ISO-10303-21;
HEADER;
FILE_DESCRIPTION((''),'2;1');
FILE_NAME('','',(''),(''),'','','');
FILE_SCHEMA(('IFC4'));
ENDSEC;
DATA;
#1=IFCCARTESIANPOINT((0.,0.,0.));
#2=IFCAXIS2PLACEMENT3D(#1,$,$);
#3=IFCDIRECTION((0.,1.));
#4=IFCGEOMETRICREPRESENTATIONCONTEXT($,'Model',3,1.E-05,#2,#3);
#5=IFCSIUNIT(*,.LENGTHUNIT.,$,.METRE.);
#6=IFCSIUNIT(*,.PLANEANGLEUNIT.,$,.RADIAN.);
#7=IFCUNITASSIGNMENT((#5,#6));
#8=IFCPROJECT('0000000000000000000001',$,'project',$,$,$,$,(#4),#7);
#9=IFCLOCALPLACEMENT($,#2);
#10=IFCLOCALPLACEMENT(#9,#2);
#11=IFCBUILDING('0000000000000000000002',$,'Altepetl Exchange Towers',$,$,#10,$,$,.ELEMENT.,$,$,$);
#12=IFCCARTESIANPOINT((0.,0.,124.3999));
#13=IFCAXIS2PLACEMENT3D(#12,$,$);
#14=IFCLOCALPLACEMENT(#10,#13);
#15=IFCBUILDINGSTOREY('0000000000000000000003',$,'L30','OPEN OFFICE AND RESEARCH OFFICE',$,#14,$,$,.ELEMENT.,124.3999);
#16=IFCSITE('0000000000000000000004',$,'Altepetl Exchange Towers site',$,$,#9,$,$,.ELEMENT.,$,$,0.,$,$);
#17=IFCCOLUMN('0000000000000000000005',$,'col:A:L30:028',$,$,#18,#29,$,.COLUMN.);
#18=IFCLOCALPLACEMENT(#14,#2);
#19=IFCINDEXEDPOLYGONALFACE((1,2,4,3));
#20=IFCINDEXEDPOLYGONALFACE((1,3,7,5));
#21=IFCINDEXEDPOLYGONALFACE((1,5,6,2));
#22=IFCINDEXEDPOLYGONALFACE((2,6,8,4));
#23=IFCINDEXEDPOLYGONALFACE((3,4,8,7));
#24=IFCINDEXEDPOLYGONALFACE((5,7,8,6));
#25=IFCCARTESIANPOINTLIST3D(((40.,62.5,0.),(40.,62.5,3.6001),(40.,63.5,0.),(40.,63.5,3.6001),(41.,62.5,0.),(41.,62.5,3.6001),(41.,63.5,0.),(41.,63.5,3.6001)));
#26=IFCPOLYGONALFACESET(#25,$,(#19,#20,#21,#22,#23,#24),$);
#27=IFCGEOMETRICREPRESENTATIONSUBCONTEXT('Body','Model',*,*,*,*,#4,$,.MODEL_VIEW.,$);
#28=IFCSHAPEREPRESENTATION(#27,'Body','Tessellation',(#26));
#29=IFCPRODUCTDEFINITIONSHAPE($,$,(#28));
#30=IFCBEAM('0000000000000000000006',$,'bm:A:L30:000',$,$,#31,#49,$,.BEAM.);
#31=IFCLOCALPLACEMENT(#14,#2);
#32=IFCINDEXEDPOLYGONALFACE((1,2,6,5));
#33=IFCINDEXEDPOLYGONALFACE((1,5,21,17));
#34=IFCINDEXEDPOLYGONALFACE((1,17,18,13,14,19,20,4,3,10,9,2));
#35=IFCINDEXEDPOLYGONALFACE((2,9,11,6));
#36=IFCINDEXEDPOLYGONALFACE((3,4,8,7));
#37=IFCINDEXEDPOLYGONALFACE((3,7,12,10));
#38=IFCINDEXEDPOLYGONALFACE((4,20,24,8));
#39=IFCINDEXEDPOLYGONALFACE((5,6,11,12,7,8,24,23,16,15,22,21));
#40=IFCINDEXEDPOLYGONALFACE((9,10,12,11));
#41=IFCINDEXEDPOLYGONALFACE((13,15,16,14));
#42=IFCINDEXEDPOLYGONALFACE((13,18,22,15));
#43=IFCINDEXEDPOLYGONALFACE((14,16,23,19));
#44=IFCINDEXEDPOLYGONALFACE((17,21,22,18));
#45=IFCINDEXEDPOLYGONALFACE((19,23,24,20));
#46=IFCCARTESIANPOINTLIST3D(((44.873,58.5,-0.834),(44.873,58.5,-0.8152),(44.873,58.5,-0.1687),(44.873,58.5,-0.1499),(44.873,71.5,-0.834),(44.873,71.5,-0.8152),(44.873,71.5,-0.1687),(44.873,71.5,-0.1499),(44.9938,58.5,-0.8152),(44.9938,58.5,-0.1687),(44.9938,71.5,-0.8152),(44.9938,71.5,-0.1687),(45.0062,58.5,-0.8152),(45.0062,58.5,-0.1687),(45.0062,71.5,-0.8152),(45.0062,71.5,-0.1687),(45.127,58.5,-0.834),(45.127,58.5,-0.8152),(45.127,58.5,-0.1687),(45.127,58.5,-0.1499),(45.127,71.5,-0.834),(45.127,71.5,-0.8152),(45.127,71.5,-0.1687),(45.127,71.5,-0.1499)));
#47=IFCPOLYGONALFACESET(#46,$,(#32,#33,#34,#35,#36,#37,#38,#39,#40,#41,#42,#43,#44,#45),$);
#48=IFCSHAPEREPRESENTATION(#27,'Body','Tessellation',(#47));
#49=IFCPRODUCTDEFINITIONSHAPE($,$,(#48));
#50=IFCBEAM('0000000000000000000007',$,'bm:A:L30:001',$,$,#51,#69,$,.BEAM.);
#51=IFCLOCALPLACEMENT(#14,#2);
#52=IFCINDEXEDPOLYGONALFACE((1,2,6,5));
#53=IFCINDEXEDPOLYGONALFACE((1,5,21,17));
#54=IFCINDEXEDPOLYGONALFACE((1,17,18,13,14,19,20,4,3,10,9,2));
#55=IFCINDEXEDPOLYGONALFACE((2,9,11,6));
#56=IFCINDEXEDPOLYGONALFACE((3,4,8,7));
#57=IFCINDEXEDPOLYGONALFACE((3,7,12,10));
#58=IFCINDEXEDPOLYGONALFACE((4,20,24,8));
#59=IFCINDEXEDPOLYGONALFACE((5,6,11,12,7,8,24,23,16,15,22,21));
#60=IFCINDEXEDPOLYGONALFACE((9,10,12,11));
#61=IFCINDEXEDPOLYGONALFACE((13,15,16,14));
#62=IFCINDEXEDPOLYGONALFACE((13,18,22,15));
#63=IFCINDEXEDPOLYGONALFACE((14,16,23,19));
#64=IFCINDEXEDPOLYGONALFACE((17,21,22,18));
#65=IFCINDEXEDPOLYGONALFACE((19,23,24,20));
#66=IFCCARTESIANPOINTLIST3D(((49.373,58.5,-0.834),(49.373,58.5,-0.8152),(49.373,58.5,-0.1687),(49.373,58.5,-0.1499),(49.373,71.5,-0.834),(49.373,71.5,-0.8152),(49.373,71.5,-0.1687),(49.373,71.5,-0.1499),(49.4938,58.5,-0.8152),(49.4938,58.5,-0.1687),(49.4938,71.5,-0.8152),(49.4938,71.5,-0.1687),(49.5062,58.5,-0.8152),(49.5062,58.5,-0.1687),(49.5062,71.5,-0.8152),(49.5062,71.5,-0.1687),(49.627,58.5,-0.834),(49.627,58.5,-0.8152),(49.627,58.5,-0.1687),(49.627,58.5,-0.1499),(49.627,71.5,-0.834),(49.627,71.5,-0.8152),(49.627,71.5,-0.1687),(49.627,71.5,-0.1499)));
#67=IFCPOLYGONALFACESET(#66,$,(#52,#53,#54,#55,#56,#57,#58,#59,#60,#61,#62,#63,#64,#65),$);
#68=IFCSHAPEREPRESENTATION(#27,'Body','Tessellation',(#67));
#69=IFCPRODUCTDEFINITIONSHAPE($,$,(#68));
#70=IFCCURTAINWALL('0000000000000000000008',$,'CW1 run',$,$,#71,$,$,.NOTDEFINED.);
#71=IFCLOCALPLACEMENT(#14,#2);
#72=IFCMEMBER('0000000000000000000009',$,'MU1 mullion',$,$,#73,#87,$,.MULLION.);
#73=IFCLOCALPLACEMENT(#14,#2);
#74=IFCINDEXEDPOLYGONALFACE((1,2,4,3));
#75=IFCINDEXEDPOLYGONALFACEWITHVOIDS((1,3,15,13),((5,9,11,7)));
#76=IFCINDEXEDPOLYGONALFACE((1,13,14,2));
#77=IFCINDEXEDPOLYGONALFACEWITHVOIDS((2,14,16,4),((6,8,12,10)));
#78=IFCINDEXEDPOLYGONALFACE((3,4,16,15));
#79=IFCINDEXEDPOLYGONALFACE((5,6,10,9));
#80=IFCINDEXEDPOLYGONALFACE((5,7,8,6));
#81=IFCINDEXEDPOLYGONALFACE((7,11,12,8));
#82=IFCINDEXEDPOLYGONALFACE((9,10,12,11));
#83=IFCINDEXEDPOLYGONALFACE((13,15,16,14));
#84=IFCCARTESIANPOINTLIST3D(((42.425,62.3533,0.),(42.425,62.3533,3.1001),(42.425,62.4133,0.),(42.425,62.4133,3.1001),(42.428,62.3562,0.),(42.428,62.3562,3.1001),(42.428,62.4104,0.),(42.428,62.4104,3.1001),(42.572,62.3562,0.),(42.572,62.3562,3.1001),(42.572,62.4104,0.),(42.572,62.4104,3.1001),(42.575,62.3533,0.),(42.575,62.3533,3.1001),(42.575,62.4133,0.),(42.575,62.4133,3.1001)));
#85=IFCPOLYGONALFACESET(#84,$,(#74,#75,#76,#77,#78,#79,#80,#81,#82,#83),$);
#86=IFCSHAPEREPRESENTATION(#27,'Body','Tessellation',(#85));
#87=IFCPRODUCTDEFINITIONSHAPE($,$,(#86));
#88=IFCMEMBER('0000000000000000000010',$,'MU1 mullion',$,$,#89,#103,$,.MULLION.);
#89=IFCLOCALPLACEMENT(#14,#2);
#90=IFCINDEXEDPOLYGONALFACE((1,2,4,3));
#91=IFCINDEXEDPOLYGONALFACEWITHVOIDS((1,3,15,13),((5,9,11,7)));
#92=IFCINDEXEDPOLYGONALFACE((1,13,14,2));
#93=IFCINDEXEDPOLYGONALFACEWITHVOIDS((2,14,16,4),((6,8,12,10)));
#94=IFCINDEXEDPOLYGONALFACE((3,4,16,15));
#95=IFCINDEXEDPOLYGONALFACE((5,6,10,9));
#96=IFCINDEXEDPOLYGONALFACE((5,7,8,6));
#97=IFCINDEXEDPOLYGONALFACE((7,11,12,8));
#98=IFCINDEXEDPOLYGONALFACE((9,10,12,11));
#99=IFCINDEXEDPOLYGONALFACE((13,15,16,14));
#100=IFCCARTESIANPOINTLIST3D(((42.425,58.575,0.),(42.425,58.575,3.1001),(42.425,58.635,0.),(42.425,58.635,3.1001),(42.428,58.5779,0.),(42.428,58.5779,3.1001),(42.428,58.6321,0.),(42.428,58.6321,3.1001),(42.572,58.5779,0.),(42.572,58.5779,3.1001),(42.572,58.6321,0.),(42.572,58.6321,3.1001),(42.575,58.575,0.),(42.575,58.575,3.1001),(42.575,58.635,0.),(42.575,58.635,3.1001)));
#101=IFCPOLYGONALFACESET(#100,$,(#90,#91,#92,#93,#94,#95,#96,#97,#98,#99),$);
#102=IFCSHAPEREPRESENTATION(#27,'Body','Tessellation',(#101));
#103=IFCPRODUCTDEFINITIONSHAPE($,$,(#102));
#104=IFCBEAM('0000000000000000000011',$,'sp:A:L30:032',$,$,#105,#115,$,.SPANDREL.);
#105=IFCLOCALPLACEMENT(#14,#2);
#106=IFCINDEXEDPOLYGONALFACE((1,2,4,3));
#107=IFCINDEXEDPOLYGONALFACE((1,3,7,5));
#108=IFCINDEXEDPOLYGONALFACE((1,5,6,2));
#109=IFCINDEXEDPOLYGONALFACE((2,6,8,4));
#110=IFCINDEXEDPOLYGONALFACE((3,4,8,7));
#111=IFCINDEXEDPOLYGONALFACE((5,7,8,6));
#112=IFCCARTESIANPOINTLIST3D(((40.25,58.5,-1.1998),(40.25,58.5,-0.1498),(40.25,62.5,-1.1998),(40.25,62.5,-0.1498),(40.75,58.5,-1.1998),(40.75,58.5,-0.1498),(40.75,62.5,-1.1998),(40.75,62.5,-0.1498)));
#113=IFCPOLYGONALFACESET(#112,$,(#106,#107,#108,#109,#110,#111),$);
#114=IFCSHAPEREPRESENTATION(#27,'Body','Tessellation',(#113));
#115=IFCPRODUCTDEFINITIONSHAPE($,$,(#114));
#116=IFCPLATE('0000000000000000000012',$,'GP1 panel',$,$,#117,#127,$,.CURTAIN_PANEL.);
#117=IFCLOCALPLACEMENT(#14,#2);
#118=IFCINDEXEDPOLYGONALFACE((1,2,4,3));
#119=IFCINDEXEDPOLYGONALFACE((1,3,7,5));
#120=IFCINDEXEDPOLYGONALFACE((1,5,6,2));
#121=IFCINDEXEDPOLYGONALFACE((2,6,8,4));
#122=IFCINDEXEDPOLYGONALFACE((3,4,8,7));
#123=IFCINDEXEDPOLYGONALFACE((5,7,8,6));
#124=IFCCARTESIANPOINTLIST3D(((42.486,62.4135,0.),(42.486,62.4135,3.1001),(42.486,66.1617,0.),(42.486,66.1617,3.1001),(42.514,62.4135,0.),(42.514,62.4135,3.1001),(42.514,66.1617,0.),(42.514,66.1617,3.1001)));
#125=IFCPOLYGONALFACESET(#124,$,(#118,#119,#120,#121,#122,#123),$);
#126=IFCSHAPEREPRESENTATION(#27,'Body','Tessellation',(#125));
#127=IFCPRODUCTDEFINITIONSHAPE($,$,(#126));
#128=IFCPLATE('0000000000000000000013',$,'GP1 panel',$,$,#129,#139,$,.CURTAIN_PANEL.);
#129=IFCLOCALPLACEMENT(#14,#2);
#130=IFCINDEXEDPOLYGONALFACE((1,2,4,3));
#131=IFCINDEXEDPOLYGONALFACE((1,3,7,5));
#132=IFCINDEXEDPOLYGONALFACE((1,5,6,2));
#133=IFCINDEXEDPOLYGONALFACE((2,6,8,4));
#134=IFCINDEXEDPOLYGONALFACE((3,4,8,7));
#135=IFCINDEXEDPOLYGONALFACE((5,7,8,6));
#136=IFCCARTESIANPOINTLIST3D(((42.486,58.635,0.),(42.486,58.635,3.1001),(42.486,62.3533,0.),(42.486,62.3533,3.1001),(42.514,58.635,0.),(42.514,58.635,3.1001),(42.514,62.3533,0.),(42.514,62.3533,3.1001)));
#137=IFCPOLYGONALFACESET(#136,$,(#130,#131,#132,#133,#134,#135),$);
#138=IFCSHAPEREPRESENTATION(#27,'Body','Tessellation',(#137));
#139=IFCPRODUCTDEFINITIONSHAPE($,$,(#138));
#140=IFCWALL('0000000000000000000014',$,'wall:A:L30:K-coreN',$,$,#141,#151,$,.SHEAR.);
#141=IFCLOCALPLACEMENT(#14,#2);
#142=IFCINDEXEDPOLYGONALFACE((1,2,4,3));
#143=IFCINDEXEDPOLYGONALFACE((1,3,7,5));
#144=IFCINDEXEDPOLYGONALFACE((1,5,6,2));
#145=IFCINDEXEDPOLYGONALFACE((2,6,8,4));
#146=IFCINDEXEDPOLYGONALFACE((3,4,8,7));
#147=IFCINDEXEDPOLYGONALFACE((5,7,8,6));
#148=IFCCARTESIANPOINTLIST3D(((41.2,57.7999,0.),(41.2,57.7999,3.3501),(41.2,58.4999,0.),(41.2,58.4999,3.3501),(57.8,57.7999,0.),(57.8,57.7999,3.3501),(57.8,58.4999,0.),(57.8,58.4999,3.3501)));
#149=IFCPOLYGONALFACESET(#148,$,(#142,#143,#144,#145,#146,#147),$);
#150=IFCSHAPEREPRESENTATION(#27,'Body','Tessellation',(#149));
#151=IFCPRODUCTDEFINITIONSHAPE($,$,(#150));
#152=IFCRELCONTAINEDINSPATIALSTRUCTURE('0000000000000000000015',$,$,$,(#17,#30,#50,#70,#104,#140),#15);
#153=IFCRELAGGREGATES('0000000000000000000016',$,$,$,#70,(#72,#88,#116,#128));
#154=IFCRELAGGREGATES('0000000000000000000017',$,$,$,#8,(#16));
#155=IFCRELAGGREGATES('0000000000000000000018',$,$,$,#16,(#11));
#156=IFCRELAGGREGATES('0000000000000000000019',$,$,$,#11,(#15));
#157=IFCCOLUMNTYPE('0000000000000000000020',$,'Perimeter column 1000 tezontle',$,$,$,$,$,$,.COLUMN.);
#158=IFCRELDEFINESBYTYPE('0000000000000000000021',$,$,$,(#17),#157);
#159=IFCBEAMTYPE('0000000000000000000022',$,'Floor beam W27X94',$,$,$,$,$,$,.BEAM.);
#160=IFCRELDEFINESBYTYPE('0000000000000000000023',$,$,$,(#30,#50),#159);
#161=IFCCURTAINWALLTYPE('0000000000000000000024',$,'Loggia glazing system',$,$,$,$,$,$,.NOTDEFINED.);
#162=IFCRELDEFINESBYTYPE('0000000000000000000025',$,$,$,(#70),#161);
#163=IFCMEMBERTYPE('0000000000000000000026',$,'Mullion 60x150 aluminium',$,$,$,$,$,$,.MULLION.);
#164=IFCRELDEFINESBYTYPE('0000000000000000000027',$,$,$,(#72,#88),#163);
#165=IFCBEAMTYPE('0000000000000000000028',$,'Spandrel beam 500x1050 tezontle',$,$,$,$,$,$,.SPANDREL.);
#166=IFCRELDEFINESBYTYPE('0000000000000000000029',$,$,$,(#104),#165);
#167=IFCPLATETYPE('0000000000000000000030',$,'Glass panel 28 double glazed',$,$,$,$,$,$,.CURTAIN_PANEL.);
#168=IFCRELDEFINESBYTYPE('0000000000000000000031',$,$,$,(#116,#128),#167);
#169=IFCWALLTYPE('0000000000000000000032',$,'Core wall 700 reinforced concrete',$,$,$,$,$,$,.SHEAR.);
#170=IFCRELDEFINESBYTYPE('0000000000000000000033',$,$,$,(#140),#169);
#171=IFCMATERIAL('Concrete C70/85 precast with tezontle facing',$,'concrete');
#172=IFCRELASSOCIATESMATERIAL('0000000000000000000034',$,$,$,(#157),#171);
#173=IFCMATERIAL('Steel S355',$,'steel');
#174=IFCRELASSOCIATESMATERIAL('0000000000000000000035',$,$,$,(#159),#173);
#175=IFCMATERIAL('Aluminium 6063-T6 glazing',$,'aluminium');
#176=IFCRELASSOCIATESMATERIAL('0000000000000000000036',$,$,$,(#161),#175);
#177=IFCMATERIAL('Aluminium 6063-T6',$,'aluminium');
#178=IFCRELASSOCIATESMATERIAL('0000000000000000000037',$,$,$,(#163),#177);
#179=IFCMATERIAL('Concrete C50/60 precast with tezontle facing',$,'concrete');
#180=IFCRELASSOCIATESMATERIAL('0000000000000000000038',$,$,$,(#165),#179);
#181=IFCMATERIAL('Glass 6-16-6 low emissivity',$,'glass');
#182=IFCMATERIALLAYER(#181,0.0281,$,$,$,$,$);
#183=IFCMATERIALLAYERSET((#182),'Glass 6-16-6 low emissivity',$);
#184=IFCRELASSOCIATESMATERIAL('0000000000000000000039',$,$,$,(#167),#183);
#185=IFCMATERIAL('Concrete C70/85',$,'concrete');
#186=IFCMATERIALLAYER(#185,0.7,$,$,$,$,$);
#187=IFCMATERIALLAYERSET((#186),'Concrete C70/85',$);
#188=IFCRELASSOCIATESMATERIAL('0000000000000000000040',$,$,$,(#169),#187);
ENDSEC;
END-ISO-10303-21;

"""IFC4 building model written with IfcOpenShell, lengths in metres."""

from ifc_helpers import new_model, si_unit, direction, frame, frame_2d, origin, origin_2d, place, context, subcontext, project, spatial, rectangle, hollow_rectangle, i_section, extrude, material, layer, layer_set, material_profile, profile_set, type_object, element, aggregate, save


model = new_model("IFC4")

# Units and contexts
model_context = context("Model", 3, precision=1e-05, world=origin(), true_north=direction((0.0, 1.0)))
body_context = subcontext(model_context, "Body", "Model", "MODEL_VIEW")
ifc_project = project(units=[si_unit("LENGTHUNIT", "METRE"), si_unit("PLANEANGLEUNIT", "RADIAN")], contexts=[model_context])

# Site, building, storey
site_placement = place(None, origin())
site = spatial("IfcSite", under=ifc_project, at=site_placement, Name="Altepetl Exchange Towers site", CompositionType="ELEMENT", RefElevation=0.0)
building_placement = place(site_placement, origin())
building = spatial("IfcBuilding", under=site, at=building_placement, Name="Altepetl Exchange Towers", CompositionType="ELEMENT")
storey_placement = place(building_placement, frame((0.0, 0.0, 124.3999)))
storey = spatial("IfcBuildingStorey", under=building, at=storey_placement, Name="L30", Description="OPEN OFFICE AND RESEARCH OFFICE", CompositionType="ELEMENT", Elevation=124.3999)

# Column
ifc_material_1 = material(Name="Concrete C70/85 precast with tezontle facing", Category="concrete")
ifc_material_profile_1 = material_profile(ifc_material_1, rectangle(XDim=1.0, YDim=1.0, at=origin_2d()), Name="1000 x 1000")
ifc_profile_set_1 = profile_set([ifc_material_profile_1], Name="Concrete C70/85 precast with tezontle facing")
column_type = type_object("IfcColumnType", Name="Perimeter column 1000 tezontle", PredefinedType="COLUMN", material=ifc_profile_set_1)
column_placement = place(storey_placement, frame((40.5, 63.0, 0.0)))
element("IfcColumn", 1, at=column_placement, inside=storey, type_object=column_type, Name="col:A:L30:028", PredefinedType="COLUMN", context=body_context, shape_type="SweptSolid", body=[
    extrude(rectangle(XDim=1.0, YDim=1.0, at=origin_2d()), origin(), (0.0, 0.0, 1.0), 3.6001),
])

# Beams
ifc_material_2 = material(Name="Steel S355", Category="steel")
ifc_material_profile_2 = material_profile(ifc_material_2, i_section(OverallWidth=0.2539, OverallDepth=0.6841, WebThickness=0.0125, FlangeThickness=0.0188, at=origin_2d()), Name="W27X94")
ifc_profile_set_2 = profile_set([ifc_material_profile_2], Name="Steel S355")
beam_type_1 = type_object("IfcBeamType", Name="Floor beam W27X94", PredefinedType="BEAM", material=ifc_profile_set_2)
for number, where, z_axis, x_axis, name in (
    (2, (45.0, 58.5, -0.4919), (0.0, 1.0, 0.0), (-1.0, 0.0, 0.0), "bm:A:L30:000"),
    (3, (49.5, 58.5, -0.4919), (0.0, 1.0, 0.0), (-1.0, 0.0, 0.0), "bm:A:L30:001"),
):
    element("IfcBeam", number, at=place(storey_placement, frame(where, z_axis=z_axis, x_axis=x_axis)), inside=storey, type_object=beam_type_1, Name=name, PredefinedType="BEAM", context=body_context, shape_type="SweptSolid", body=[
        extrude(i_section(OverallWidth=0.2539, OverallDepth=0.6841, WebThickness=0.0125, FlangeThickness=0.0188, at=origin_2d()), origin(), (0.0, 0.0, 1.0), 13.0),
    ])

# Curtain wall, members
ifc_material_3 = material(Name="Aluminium 6063-T6 glazing", Category="aluminium")
curtain_wall_type = type_object("IfcCurtainWallType", Name="Loggia glazing system", PredefinedType="NOTDEFINED", material=ifc_material_3)
curtain_wall_placement = place(storey_placement, origin())
curtain_wall = element("IfcCurtainWall", 4, at=curtain_wall_placement, inside=storey, type_object=curtain_wall_type, Name="CW1 run", PredefinedType="NOTDEFINED")
ifc_material_4 = material(Name="Aluminium 6063-T6", Category="aluminium")
ifc_material_profile_3 = material_profile(ifc_material_4, hollow_rectangle(XDim=0.0601, YDim=0.1499, WallThickness=0.0029, at=origin_2d()), Name="Mullion 60x150 aluminium")
ifc_profile_set_3 = profile_set([ifc_material_profile_3], Name="Aluminium 6063-T6")
member_type = type_object("IfcMemberType", Name="Mullion 60x150 aluminium", PredefinedType="MULLION", material=ifc_profile_set_3)
member_1_placement = place(storey_placement, frame((42.5, 62.3833, 0.0), z_axis=(0.0, 0.0, 1.0), x_axis=(0.0, -1.0, 0.0)))
member_1 = element("IfcMember", 5, at=member_1_placement, type_object=member_type, Name="MU1 mullion", PredefinedType="MULLION", context=body_context, shape_type="SweptSolid", body=[
    extrude(hollow_rectangle(XDim=0.0601, YDim=0.1499, WallThickness=0.0029, at=origin_2d()), origin(), (0.0, 0.0, 1.0), 3.1001),
])
member_2_placement = place(storey_placement, frame((42.5, 58.605, 0.0), z_axis=(0.0, 0.0, 1.0), x_axis=(0.0, -1.0, 0.0)))
member_2 = element("IfcMember", 6, at=member_2_placement, type_object=member_type, Name="MU1 mullion", PredefinedType="MULLION", context=body_context, shape_type="SweptSolid", body=[
    extrude(hollow_rectangle(XDim=0.0601, YDim=0.1499, WallThickness=0.0029, at=origin_2d()), origin(), (0.0, 0.0, 1.0), 3.1001),
])

# Beam
ifc_material_5 = material(Name="Concrete C50/60 precast with tezontle facing", Category="concrete")
ifc_material_profile_4 = material_profile(ifc_material_5, rectangle(XDim=0.5, YDim=1.05, at=origin_2d()), Name="500 x 1050")
ifc_profile_set_4 = profile_set([ifc_material_profile_4], Name="Concrete C50/60 precast with tezontle facing")
beam_type_2 = type_object("IfcBeamType", Name="Spandrel beam 500x1050 tezontle", PredefinedType="SPANDREL", material=ifc_profile_set_4)
beam_placement = place(storey_placement, frame((40.5, 62.5, -0.6748), z_axis=(0.0, -1.0, 0.0), x_axis=(1.0, 0.0, 0.0)))
element("IfcBeam", 7, at=beam_placement, inside=storey, type_object=beam_type_2, Name="sp:A:L30:032", PredefinedType="SPANDREL", context=body_context, shape_type="SweptSolid", body=[
    extrude(rectangle(XDim=0.5, YDim=1.05, at=origin_2d()), origin(), (0.0, 0.0, 1.0), 4.0),
])

# Plates
ifc_material_6 = material(Name="Glass 6-16-6 low emissivity", Category="glass")
ifc_layer_1 = layer(ifc_material_6, 0.0281)
ifc_layer_set_1 = layer_set([ifc_layer_1], Name="Glass 6-16-6 low emissivity")
plate_type = type_object("IfcPlateType", Name="Glass panel 28 double glazed", PredefinedType="CURTAIN_PANEL", material=ifc_layer_set_1)
plate_1_placement = place(storey_placement, frame((42.5, 64.2876, 0.0), z_axis=(0.0, 0.0, 1.0), x_axis=(0.0, -1.0, 0.0)))
plate_1 = element("IfcPlate", 8, at=plate_1_placement, type_object=plate_type, Name="GP1 panel", PredefinedType="CURTAIN_PANEL", context=body_context, shape_type="SweptSolid", body=[
    extrude(rectangle(XDim=3.7483, YDim=0.0281, at=origin_2d()), origin(), (0.0, 0.0, 1.0), 3.1001),
])
plate_2_placement = place(storey_placement, frame((42.5, 60.4941, 0.0), z_axis=(0.0, 0.0, 1.0), x_axis=(0.0, -1.0, 0.0)))
plate_2 = element("IfcPlate", 9, at=plate_2_placement, type_object=plate_type, Name="GP1 panel", PredefinedType="CURTAIN_PANEL", context=body_context, shape_type="SweptSolid", body=[
    extrude(rectangle(XDim=3.7183, YDim=0.0281, at=origin_2d()), origin(), (0.0, 0.0, 1.0), 3.1001),
])
aggregate(curtain_wall, [member_1, member_2, plate_1, plate_2])

# Wall
ifc_material_7 = material(Name="Concrete C70/85", Category="concrete")
ifc_layer_2 = layer(ifc_material_7, 0.7)
ifc_layer_set_2 = layer_set([ifc_layer_2], Name="Concrete C70/85")
wall_type_1 = type_object("IfcWallType", Name="Core wall 700 reinforced concrete", PredefinedType="SHEAR", material=ifc_layer_set_2)
wall_1_placement = place(storey_placement, frame((41.2, 58.1499, 0.0)))
element("IfcWall", 10, at=wall_1_placement, inside=storey, type_object=wall_type_1, Name="wall:A:L30:K-coreN", PredefinedType="SHEAR", context=body_context, shape_type="SweptSolid", body=[
    extrude(rectangle(XDim=16.6001, YDim=0.7, at=frame_2d((8.3, 0.0))), origin(), (0.0, 0.0, 1.0), 3.3501),
])

save(model, "model.ifc")
